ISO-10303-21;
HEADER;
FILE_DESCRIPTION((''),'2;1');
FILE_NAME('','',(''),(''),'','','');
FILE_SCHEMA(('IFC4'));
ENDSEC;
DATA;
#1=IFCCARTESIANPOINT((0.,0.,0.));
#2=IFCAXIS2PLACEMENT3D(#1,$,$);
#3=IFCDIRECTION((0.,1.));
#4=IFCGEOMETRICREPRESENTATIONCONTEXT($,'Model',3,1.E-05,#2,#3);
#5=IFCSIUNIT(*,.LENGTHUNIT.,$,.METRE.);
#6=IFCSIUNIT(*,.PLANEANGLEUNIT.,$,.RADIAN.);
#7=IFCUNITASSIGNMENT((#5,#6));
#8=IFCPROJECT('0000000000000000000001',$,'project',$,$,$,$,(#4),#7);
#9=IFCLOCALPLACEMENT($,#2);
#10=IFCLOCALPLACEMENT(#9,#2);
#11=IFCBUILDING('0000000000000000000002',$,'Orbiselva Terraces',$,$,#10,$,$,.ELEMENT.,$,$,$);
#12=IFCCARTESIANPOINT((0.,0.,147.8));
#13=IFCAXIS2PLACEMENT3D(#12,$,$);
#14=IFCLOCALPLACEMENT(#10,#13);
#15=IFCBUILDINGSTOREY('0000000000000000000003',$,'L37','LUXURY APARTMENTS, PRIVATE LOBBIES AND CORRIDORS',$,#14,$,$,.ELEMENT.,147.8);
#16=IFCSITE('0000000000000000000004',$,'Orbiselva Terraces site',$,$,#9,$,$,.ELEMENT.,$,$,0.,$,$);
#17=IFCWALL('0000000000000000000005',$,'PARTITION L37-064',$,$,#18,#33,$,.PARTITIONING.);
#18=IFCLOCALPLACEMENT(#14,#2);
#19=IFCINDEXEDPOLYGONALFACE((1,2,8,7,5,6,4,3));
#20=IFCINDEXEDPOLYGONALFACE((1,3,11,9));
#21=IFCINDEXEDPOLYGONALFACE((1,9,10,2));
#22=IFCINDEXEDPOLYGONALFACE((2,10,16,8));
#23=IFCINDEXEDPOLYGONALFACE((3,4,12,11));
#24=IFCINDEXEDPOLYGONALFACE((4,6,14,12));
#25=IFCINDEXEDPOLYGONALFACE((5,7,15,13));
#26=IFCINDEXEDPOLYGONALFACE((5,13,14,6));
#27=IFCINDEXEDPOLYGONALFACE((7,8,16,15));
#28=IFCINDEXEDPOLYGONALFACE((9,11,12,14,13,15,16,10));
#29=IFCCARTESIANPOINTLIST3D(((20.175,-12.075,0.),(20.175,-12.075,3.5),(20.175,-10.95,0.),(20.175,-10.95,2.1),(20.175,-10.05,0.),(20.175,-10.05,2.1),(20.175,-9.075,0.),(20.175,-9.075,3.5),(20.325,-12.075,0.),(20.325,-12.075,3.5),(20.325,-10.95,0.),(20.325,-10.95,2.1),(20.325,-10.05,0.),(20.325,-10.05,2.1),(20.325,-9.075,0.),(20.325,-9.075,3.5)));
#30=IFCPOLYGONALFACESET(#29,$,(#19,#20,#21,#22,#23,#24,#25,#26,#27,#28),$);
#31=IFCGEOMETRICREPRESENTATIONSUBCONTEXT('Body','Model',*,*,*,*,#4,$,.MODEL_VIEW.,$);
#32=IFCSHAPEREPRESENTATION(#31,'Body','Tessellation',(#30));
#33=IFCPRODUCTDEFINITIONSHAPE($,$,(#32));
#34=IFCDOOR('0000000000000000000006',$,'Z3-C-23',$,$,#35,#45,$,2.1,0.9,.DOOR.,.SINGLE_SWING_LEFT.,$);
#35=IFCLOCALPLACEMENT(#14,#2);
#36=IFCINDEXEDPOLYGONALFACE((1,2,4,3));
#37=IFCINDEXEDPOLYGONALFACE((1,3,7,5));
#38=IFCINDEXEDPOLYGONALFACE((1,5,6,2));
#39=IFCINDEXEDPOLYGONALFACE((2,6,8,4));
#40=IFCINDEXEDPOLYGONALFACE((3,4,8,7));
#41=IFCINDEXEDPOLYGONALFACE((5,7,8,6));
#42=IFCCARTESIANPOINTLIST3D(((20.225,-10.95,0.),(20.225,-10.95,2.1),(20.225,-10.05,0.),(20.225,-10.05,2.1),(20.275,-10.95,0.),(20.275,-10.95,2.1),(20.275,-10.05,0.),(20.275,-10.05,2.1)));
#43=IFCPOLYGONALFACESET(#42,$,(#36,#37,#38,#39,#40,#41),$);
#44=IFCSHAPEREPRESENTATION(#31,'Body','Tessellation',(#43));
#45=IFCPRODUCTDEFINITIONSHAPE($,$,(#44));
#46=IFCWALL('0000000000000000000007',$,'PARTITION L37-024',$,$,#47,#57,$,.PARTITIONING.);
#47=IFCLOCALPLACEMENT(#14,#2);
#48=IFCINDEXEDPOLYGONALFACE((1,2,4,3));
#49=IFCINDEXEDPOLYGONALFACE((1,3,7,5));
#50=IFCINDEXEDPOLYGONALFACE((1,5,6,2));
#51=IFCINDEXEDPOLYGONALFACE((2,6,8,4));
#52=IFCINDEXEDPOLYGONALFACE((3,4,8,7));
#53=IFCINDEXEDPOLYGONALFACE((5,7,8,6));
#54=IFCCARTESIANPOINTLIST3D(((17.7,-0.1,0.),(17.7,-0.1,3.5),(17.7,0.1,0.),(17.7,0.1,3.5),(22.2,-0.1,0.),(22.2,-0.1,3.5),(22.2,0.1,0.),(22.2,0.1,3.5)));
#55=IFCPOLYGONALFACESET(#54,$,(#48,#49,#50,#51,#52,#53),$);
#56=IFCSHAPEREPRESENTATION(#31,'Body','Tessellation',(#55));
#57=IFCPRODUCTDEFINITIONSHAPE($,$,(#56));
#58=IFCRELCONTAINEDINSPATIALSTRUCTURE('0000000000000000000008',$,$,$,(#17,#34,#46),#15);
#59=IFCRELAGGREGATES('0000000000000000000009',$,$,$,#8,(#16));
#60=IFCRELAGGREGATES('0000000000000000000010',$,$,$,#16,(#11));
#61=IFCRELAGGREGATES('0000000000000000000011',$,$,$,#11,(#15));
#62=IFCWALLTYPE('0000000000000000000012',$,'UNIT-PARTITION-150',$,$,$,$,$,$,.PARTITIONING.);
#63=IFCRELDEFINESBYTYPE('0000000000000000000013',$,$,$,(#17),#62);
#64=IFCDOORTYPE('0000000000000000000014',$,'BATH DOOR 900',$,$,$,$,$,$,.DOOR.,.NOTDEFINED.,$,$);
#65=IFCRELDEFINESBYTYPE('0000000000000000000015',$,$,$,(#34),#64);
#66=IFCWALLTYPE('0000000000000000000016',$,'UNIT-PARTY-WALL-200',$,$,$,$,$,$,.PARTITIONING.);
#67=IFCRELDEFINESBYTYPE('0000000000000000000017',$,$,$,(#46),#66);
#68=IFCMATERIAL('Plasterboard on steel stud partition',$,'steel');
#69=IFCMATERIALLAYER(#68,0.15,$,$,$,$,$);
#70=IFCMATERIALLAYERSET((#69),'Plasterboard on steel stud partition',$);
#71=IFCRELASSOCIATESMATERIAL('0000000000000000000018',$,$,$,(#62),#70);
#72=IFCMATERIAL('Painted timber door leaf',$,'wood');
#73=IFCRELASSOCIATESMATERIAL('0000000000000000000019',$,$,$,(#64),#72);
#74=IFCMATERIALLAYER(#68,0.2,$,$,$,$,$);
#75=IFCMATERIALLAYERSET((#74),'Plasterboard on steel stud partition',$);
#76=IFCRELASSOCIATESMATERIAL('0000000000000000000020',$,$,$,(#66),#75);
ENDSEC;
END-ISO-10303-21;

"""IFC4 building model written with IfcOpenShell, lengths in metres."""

from ifc_helpers import new_model, si_unit, direction, frame, frame_2d, origin, place, context, subcontext, project, spatial, rectangle, extrude, material, layer, layer_set, type_object, element, fill, save


model = new_model("IFC4")

# Units and contexts
model_context = context("Model", 3, precision=1e-05, world=origin(), true_north=direction((0.0, 1.0)))
body_context = subcontext(model_context, "Body", "Model", "MODEL_VIEW")
ifc_project = project(units=[si_unit("LENGTHUNIT", "METRE"), si_unit("PLANEANGLEUNIT", "RADIAN")], contexts=[model_context])

# Site, building, storey
site_placement = place(None, origin())
site = spatial("IfcSite", under=ifc_project, at=site_placement, Name="Orbiselva Terraces site", CompositionType="ELEMENT", RefElevation=0.0)
building_placement = place(site_placement, origin())
building = spatial("IfcBuilding", under=site, at=building_placement, Name="Orbiselva Terraces", CompositionType="ELEMENT")
storey_placement = place(building_placement, frame((0.0, 0.0, 147.8)))
storey = spatial("IfcBuildingStorey", under=building, at=storey_placement, Name="L37", Description="LUXURY APARTMENTS, PRIVATE LOBBIES AND CORRIDORS", CompositionType="ELEMENT", Elevation=147.8)

# Shared definitions
ifc_material_1 = material(Name="Plasterboard on steel stud partition", Category="steel")
ifc_material_2 = material(Name="Painted timber door leaf", Category="wood")

# Shared definitions
ifc_layer_1 = layer(ifc_material_1, 0.15)
ifc_layer_set_1 = layer_set([ifc_layer_1], Name="Plasterboard on steel stud partition")
wall_type_1 = type_object("IfcWallType", Name="UNIT-PARTITION-150", PredefinedType="PARTITIONING", material=ifc_layer_set_1)
door_type_1 = type_object("IfcDoorType", Name="BATH DOOR 900", OperationType="NOTDEFINED", PredefinedType="DOOR", material=ifc_material_2)

# Wall, opening, door
wall_1_placement = place(storey_placement, frame((20.25, -9.075, 0.0), z_axis=(0.0, 0.0, 1.0), x_axis=(0.0, -1.0, 0.0)))
wall_1 = element("IfcWall", 1, at=wall_1_placement, inside=storey, type_object=wall_type_1, Name="PARTITION L37-064", PredefinedType="PARTITIONING", context=body_context, shape_type="SweptSolid", body=[
    extrude(rectangle(XDim=3.0, YDim=0.15, at=frame_2d((1.5, 0.0))), origin(), (0.0, 0.0, 1.0), 3.5),
])
opening_1_placement = place(wall_1_placement, frame((0.975, 0.0, 0.0)))
opening_1 = element("IfcOpeningElement", 2, at=opening_1_placement, cuts=wall_1, PredefinedType="OPENING", context=body_context, shape_type="SweptSolid", body=[
    extrude(rectangle(XDim=0.9, YDim=2.1, at=frame_2d((0.45, 1.05))), frame((0.0, 0.085, 0.0), z_axis=(0.0, -1.0, 0.0), x_axis=(1.0, 0.0, 0.0)), (0.0, 0.0, 1.0), 0.17),
])
door_1_placement = place(opening_1_placement, origin())
door_1 = element("IfcDoor", 3, at=door_1_placement, inside=storey, type_object=door_type_1, Name="Z3-C-23", OperationType="SINGLE_SWING_LEFT", OverallHeight=2.1, OverallWidth=0.9, PredefinedType="DOOR", context=body_context, shape_type="SweptSolid", body=[
    extrude(rectangle(XDim=0.9, YDim=2.1, at=frame_2d((0.45, 1.05))), frame((0.0, 0.025, 0.0), z_axis=(0.0, -1.0, 0.0), x_axis=(1.0, 0.0, 0.0)), (0.0, 0.0, 1.0), 0.05),
])
fill(opening_1, door_1)

# Wall
ifc_layer_2 = layer(ifc_material_1, 0.2)
ifc_layer_set_2 = layer_set([ifc_layer_2], Name="Plasterboard on steel stud partition")
wall_type_2 = type_object("IfcWallType", Name="UNIT-PARTY-WALL-200", PredefinedType="PARTITIONING", material=ifc_layer_set_2)
wall_2_placement = place(storey_placement, frame((17.7, 0.0, 0.0), z_axis=(0.0, 0.0, 1.0), x_axis=(1.0, 0.0, 0.0)))
element("IfcWall", 4, at=wall_2_placement, inside=storey, type_object=wall_type_2, Name="PARTITION L37-024", PredefinedType="PARTITIONING", context=body_context, shape_type="SweptSolid", body=[
    extrude(rectangle(XDim=4.5, YDim=0.2, at=frame_2d((2.25, 0.0))), origin(), (0.0, 0.0, 1.0), 3.5),
])

save(model, "model.ifc")
